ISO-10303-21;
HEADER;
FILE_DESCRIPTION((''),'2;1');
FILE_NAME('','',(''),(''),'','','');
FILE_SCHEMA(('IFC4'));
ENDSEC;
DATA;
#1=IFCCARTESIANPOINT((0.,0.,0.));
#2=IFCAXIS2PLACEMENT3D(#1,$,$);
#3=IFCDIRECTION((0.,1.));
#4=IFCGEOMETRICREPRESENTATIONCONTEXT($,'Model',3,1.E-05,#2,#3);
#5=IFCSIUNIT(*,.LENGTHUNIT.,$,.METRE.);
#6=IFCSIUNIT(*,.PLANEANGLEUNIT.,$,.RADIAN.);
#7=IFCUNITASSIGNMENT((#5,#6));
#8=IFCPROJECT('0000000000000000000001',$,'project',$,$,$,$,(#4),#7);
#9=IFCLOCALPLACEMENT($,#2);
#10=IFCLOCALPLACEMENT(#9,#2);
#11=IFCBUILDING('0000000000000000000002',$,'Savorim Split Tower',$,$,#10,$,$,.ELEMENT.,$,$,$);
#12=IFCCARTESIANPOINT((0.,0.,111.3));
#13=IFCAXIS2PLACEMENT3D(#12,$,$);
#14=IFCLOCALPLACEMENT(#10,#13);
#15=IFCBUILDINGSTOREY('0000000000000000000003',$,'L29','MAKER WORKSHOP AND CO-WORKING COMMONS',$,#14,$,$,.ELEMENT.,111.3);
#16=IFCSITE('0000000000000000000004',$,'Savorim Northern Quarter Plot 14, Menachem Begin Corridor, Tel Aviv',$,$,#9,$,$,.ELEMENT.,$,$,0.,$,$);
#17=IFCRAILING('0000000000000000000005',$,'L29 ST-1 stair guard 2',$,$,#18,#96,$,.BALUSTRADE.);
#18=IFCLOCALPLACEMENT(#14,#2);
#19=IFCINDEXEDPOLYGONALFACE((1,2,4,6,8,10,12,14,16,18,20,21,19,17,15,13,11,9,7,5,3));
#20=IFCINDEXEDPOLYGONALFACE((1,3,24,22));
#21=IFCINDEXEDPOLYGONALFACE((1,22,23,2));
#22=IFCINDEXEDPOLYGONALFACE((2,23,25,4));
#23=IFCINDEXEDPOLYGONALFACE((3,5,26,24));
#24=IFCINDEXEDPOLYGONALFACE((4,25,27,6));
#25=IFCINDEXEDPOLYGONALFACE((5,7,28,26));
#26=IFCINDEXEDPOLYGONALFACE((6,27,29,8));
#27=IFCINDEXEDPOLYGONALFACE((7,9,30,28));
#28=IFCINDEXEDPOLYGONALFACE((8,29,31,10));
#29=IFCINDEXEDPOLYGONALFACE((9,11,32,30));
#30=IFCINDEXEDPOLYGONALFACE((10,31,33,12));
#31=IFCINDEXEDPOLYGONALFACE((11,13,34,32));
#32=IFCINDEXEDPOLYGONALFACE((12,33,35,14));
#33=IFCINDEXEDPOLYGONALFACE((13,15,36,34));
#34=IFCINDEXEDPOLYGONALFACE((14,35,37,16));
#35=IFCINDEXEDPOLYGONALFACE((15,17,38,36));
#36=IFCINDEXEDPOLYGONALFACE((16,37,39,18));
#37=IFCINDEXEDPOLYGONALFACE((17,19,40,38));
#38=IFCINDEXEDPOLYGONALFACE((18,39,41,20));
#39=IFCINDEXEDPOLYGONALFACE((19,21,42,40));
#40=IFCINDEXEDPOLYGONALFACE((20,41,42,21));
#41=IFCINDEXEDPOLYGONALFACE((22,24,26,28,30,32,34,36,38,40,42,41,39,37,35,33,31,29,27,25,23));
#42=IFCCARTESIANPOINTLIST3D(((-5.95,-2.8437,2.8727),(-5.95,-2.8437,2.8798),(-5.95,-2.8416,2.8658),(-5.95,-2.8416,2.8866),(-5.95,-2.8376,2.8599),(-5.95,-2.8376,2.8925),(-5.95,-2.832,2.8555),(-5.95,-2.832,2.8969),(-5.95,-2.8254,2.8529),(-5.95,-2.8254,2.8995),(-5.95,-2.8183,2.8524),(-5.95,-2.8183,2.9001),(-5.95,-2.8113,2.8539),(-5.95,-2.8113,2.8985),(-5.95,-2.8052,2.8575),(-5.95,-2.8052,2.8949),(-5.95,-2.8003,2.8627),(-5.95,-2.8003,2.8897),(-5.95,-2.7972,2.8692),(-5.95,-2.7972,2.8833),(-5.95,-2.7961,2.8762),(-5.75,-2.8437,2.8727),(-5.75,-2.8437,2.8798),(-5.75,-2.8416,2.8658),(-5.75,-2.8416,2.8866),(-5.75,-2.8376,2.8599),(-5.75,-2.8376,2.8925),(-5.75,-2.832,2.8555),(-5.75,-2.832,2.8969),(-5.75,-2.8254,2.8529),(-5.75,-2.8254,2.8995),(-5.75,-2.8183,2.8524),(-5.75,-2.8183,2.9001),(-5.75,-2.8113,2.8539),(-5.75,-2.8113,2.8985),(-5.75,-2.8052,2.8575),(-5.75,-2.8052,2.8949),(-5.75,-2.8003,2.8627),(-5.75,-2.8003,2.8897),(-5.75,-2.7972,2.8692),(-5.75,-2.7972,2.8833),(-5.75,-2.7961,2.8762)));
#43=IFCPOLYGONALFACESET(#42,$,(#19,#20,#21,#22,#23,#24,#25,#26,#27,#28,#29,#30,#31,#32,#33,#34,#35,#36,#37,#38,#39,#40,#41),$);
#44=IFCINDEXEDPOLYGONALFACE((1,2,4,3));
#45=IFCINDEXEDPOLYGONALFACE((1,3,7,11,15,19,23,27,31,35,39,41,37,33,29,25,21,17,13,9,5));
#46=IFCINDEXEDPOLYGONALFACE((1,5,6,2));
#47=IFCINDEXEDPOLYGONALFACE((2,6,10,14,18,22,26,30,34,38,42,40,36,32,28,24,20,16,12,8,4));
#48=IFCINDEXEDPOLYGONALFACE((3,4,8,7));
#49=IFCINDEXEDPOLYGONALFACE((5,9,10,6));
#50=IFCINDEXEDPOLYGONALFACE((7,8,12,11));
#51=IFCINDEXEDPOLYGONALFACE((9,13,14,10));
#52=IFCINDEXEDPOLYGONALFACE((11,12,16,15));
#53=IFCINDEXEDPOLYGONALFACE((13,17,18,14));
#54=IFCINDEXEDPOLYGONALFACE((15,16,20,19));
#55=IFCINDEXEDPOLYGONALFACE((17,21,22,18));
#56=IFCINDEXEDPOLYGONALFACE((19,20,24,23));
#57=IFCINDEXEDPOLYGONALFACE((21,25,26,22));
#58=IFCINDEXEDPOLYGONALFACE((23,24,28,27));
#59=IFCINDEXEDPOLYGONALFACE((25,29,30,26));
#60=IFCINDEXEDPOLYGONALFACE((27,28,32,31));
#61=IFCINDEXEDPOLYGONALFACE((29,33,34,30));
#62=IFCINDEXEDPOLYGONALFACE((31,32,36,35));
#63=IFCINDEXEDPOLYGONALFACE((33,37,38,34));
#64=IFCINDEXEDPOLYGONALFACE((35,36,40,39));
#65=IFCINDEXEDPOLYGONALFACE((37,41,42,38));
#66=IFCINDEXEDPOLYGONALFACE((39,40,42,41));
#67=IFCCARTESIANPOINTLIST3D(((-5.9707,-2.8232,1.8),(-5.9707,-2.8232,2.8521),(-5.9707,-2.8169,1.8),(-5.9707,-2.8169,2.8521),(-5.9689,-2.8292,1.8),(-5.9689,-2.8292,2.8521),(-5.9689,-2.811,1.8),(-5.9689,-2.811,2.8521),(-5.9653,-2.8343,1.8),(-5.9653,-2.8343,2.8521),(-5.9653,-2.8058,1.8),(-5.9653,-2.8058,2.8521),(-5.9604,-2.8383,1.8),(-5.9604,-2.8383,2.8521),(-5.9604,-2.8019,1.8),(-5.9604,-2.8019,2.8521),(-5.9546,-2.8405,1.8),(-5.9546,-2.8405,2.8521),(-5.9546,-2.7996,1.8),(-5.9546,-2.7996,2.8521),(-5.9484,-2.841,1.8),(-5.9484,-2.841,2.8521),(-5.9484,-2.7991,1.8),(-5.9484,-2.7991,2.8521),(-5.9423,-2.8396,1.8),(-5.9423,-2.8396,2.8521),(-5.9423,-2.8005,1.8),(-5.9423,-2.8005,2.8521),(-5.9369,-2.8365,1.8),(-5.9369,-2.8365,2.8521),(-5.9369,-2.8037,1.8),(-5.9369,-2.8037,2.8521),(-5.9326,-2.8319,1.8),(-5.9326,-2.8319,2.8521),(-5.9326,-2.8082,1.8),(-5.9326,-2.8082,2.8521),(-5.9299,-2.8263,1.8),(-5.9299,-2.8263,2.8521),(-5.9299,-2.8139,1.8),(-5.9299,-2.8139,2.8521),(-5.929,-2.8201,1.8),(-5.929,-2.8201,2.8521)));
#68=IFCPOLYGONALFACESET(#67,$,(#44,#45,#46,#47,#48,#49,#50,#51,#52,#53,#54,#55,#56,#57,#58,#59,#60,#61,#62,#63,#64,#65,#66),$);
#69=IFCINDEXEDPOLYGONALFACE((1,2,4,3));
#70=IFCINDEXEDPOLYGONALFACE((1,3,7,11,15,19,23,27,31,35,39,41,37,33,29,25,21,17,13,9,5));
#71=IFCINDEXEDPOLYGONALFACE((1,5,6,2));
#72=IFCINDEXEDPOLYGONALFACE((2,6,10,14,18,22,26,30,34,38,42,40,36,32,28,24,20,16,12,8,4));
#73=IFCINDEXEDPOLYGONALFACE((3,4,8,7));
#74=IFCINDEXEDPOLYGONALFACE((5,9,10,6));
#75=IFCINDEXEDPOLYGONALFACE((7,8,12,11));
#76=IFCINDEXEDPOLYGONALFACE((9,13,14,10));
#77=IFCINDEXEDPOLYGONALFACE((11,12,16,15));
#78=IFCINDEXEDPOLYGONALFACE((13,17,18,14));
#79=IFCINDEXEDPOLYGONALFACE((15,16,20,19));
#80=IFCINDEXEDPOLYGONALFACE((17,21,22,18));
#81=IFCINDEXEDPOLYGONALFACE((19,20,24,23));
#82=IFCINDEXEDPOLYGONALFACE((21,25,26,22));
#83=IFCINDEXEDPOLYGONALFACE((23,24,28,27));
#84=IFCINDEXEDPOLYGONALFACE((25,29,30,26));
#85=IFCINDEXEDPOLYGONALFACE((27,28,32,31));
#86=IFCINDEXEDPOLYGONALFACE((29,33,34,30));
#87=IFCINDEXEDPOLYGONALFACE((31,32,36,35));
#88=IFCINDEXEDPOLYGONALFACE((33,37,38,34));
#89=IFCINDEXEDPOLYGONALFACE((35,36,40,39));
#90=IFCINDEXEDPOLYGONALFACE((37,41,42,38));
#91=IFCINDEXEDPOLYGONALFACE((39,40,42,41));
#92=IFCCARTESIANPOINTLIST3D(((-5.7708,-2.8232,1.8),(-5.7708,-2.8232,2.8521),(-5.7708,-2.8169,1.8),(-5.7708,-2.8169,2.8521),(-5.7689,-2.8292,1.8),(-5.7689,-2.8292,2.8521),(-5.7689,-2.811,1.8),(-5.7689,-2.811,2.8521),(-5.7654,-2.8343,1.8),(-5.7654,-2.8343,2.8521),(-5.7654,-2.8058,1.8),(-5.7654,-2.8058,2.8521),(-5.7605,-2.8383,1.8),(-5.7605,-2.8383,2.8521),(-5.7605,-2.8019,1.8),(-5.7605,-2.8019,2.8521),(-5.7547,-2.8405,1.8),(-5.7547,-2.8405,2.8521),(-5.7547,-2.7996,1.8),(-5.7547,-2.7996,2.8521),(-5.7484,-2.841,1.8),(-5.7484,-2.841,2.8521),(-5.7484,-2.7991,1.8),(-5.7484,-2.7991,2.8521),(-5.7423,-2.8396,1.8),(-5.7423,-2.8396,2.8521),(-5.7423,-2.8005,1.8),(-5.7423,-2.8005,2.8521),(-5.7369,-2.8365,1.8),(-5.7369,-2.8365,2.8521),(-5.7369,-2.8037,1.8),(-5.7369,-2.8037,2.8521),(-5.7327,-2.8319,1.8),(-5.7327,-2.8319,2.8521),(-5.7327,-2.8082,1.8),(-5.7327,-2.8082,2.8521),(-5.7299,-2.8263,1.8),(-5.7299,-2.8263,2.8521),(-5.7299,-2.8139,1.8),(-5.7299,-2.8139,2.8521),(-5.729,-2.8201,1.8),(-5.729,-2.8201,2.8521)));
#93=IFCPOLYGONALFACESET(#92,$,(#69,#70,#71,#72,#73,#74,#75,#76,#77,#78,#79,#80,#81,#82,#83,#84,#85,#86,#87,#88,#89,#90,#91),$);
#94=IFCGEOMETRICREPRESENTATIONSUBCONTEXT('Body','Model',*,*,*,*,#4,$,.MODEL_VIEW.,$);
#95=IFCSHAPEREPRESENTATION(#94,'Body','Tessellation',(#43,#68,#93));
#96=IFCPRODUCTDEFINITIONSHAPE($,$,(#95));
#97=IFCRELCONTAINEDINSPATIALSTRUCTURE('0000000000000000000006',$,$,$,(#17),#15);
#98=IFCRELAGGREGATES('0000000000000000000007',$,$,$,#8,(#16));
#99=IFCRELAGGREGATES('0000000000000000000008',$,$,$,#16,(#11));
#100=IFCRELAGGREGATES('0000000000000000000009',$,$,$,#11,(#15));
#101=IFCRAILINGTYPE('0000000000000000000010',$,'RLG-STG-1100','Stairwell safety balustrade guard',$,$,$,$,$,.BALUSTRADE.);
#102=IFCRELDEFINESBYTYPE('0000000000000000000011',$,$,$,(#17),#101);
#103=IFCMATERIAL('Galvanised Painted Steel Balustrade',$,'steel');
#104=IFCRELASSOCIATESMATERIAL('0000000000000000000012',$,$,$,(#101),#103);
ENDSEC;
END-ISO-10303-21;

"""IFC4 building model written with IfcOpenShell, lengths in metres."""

from ifc_helpers import new_model, si_unit, direction, frame, origin, origin_2d, place, context, subcontext, project, spatial, circle, extrude, material, type_object, element, save


model = new_model("IFC4")

# Units and contexts
model_context = context("Model", 3, precision=1e-05, world=origin(), true_north=direction((0.0, 1.0)))
body_context = subcontext(model_context, "Body", "Model", "MODEL_VIEW")
ifc_project = project(units=[si_unit("LENGTHUNIT", "METRE"), si_unit("PLANEANGLEUNIT", "RADIAN")], contexts=[model_context])

# Site, building, storey
site_placement = place(None, origin())
site = spatial("IfcSite", under=ifc_project, at=site_placement, Name="Savorim Northern Quarter Plot 14, Menachem Begin Corridor, Tel Aviv", CompositionType="ELEMENT", RefElevation=0.0)
building_placement = place(site_placement, origin())
building = spatial("IfcBuilding", under=site, at=building_placement, Name="Savorim Split Tower", CompositionType="ELEMENT")
storey_placement = place(building_placement, frame((0.0, 0.0, 111.3)))
storey = spatial("IfcBuildingStorey", under=building, at=storey_placement, Name="L29", Description="MAKER WORKSHOP AND CO-WORKING COMMONS", CompositionType="ELEMENT", Elevation=111.3)

# Railing
ifc_material_1 = material(Name="Galvanised Painted Steel Balustrade", Category="steel")
railing_type_1 = type_object("IfcRailingType", Name="RLG-STG-1100", Description="Stairwell safety balustrade guard", PredefinedType="BALUSTRADE", material=ifc_material_1)
railing_1_placement = place(storey_placement, frame((-5.95, -2.8201, 1.8)))
element("IfcRailing", 1, at=railing_1_placement, inside=storey, type_object=railing_type_1, Name="L29 ST-1 stair guard 2", PredefinedType="BALUSTRADE", context=body_context, shape_type="SweptSolid", body=[
    extrude(circle(Radius=0.0239, at=origin_2d()), frame((0.0, 0.0, 1.0762), z_axis=(1.0, 0.0, 0.0), x_axis=(0.0, 1.0, 0.0)), (0.0, 0.0, 1.0), 0.2),
    extrude(circle(Radius=0.021, at=origin_2d()), origin(), (0.0, 0.0, 1.0), 1.052),
    extrude(circle(Radius=0.021, at=origin_2d()), frame((0.2, 0.0, 0.0)), (0.0, 0.0, 1.0), 1.052),
])

save(model, "model.ifc")
